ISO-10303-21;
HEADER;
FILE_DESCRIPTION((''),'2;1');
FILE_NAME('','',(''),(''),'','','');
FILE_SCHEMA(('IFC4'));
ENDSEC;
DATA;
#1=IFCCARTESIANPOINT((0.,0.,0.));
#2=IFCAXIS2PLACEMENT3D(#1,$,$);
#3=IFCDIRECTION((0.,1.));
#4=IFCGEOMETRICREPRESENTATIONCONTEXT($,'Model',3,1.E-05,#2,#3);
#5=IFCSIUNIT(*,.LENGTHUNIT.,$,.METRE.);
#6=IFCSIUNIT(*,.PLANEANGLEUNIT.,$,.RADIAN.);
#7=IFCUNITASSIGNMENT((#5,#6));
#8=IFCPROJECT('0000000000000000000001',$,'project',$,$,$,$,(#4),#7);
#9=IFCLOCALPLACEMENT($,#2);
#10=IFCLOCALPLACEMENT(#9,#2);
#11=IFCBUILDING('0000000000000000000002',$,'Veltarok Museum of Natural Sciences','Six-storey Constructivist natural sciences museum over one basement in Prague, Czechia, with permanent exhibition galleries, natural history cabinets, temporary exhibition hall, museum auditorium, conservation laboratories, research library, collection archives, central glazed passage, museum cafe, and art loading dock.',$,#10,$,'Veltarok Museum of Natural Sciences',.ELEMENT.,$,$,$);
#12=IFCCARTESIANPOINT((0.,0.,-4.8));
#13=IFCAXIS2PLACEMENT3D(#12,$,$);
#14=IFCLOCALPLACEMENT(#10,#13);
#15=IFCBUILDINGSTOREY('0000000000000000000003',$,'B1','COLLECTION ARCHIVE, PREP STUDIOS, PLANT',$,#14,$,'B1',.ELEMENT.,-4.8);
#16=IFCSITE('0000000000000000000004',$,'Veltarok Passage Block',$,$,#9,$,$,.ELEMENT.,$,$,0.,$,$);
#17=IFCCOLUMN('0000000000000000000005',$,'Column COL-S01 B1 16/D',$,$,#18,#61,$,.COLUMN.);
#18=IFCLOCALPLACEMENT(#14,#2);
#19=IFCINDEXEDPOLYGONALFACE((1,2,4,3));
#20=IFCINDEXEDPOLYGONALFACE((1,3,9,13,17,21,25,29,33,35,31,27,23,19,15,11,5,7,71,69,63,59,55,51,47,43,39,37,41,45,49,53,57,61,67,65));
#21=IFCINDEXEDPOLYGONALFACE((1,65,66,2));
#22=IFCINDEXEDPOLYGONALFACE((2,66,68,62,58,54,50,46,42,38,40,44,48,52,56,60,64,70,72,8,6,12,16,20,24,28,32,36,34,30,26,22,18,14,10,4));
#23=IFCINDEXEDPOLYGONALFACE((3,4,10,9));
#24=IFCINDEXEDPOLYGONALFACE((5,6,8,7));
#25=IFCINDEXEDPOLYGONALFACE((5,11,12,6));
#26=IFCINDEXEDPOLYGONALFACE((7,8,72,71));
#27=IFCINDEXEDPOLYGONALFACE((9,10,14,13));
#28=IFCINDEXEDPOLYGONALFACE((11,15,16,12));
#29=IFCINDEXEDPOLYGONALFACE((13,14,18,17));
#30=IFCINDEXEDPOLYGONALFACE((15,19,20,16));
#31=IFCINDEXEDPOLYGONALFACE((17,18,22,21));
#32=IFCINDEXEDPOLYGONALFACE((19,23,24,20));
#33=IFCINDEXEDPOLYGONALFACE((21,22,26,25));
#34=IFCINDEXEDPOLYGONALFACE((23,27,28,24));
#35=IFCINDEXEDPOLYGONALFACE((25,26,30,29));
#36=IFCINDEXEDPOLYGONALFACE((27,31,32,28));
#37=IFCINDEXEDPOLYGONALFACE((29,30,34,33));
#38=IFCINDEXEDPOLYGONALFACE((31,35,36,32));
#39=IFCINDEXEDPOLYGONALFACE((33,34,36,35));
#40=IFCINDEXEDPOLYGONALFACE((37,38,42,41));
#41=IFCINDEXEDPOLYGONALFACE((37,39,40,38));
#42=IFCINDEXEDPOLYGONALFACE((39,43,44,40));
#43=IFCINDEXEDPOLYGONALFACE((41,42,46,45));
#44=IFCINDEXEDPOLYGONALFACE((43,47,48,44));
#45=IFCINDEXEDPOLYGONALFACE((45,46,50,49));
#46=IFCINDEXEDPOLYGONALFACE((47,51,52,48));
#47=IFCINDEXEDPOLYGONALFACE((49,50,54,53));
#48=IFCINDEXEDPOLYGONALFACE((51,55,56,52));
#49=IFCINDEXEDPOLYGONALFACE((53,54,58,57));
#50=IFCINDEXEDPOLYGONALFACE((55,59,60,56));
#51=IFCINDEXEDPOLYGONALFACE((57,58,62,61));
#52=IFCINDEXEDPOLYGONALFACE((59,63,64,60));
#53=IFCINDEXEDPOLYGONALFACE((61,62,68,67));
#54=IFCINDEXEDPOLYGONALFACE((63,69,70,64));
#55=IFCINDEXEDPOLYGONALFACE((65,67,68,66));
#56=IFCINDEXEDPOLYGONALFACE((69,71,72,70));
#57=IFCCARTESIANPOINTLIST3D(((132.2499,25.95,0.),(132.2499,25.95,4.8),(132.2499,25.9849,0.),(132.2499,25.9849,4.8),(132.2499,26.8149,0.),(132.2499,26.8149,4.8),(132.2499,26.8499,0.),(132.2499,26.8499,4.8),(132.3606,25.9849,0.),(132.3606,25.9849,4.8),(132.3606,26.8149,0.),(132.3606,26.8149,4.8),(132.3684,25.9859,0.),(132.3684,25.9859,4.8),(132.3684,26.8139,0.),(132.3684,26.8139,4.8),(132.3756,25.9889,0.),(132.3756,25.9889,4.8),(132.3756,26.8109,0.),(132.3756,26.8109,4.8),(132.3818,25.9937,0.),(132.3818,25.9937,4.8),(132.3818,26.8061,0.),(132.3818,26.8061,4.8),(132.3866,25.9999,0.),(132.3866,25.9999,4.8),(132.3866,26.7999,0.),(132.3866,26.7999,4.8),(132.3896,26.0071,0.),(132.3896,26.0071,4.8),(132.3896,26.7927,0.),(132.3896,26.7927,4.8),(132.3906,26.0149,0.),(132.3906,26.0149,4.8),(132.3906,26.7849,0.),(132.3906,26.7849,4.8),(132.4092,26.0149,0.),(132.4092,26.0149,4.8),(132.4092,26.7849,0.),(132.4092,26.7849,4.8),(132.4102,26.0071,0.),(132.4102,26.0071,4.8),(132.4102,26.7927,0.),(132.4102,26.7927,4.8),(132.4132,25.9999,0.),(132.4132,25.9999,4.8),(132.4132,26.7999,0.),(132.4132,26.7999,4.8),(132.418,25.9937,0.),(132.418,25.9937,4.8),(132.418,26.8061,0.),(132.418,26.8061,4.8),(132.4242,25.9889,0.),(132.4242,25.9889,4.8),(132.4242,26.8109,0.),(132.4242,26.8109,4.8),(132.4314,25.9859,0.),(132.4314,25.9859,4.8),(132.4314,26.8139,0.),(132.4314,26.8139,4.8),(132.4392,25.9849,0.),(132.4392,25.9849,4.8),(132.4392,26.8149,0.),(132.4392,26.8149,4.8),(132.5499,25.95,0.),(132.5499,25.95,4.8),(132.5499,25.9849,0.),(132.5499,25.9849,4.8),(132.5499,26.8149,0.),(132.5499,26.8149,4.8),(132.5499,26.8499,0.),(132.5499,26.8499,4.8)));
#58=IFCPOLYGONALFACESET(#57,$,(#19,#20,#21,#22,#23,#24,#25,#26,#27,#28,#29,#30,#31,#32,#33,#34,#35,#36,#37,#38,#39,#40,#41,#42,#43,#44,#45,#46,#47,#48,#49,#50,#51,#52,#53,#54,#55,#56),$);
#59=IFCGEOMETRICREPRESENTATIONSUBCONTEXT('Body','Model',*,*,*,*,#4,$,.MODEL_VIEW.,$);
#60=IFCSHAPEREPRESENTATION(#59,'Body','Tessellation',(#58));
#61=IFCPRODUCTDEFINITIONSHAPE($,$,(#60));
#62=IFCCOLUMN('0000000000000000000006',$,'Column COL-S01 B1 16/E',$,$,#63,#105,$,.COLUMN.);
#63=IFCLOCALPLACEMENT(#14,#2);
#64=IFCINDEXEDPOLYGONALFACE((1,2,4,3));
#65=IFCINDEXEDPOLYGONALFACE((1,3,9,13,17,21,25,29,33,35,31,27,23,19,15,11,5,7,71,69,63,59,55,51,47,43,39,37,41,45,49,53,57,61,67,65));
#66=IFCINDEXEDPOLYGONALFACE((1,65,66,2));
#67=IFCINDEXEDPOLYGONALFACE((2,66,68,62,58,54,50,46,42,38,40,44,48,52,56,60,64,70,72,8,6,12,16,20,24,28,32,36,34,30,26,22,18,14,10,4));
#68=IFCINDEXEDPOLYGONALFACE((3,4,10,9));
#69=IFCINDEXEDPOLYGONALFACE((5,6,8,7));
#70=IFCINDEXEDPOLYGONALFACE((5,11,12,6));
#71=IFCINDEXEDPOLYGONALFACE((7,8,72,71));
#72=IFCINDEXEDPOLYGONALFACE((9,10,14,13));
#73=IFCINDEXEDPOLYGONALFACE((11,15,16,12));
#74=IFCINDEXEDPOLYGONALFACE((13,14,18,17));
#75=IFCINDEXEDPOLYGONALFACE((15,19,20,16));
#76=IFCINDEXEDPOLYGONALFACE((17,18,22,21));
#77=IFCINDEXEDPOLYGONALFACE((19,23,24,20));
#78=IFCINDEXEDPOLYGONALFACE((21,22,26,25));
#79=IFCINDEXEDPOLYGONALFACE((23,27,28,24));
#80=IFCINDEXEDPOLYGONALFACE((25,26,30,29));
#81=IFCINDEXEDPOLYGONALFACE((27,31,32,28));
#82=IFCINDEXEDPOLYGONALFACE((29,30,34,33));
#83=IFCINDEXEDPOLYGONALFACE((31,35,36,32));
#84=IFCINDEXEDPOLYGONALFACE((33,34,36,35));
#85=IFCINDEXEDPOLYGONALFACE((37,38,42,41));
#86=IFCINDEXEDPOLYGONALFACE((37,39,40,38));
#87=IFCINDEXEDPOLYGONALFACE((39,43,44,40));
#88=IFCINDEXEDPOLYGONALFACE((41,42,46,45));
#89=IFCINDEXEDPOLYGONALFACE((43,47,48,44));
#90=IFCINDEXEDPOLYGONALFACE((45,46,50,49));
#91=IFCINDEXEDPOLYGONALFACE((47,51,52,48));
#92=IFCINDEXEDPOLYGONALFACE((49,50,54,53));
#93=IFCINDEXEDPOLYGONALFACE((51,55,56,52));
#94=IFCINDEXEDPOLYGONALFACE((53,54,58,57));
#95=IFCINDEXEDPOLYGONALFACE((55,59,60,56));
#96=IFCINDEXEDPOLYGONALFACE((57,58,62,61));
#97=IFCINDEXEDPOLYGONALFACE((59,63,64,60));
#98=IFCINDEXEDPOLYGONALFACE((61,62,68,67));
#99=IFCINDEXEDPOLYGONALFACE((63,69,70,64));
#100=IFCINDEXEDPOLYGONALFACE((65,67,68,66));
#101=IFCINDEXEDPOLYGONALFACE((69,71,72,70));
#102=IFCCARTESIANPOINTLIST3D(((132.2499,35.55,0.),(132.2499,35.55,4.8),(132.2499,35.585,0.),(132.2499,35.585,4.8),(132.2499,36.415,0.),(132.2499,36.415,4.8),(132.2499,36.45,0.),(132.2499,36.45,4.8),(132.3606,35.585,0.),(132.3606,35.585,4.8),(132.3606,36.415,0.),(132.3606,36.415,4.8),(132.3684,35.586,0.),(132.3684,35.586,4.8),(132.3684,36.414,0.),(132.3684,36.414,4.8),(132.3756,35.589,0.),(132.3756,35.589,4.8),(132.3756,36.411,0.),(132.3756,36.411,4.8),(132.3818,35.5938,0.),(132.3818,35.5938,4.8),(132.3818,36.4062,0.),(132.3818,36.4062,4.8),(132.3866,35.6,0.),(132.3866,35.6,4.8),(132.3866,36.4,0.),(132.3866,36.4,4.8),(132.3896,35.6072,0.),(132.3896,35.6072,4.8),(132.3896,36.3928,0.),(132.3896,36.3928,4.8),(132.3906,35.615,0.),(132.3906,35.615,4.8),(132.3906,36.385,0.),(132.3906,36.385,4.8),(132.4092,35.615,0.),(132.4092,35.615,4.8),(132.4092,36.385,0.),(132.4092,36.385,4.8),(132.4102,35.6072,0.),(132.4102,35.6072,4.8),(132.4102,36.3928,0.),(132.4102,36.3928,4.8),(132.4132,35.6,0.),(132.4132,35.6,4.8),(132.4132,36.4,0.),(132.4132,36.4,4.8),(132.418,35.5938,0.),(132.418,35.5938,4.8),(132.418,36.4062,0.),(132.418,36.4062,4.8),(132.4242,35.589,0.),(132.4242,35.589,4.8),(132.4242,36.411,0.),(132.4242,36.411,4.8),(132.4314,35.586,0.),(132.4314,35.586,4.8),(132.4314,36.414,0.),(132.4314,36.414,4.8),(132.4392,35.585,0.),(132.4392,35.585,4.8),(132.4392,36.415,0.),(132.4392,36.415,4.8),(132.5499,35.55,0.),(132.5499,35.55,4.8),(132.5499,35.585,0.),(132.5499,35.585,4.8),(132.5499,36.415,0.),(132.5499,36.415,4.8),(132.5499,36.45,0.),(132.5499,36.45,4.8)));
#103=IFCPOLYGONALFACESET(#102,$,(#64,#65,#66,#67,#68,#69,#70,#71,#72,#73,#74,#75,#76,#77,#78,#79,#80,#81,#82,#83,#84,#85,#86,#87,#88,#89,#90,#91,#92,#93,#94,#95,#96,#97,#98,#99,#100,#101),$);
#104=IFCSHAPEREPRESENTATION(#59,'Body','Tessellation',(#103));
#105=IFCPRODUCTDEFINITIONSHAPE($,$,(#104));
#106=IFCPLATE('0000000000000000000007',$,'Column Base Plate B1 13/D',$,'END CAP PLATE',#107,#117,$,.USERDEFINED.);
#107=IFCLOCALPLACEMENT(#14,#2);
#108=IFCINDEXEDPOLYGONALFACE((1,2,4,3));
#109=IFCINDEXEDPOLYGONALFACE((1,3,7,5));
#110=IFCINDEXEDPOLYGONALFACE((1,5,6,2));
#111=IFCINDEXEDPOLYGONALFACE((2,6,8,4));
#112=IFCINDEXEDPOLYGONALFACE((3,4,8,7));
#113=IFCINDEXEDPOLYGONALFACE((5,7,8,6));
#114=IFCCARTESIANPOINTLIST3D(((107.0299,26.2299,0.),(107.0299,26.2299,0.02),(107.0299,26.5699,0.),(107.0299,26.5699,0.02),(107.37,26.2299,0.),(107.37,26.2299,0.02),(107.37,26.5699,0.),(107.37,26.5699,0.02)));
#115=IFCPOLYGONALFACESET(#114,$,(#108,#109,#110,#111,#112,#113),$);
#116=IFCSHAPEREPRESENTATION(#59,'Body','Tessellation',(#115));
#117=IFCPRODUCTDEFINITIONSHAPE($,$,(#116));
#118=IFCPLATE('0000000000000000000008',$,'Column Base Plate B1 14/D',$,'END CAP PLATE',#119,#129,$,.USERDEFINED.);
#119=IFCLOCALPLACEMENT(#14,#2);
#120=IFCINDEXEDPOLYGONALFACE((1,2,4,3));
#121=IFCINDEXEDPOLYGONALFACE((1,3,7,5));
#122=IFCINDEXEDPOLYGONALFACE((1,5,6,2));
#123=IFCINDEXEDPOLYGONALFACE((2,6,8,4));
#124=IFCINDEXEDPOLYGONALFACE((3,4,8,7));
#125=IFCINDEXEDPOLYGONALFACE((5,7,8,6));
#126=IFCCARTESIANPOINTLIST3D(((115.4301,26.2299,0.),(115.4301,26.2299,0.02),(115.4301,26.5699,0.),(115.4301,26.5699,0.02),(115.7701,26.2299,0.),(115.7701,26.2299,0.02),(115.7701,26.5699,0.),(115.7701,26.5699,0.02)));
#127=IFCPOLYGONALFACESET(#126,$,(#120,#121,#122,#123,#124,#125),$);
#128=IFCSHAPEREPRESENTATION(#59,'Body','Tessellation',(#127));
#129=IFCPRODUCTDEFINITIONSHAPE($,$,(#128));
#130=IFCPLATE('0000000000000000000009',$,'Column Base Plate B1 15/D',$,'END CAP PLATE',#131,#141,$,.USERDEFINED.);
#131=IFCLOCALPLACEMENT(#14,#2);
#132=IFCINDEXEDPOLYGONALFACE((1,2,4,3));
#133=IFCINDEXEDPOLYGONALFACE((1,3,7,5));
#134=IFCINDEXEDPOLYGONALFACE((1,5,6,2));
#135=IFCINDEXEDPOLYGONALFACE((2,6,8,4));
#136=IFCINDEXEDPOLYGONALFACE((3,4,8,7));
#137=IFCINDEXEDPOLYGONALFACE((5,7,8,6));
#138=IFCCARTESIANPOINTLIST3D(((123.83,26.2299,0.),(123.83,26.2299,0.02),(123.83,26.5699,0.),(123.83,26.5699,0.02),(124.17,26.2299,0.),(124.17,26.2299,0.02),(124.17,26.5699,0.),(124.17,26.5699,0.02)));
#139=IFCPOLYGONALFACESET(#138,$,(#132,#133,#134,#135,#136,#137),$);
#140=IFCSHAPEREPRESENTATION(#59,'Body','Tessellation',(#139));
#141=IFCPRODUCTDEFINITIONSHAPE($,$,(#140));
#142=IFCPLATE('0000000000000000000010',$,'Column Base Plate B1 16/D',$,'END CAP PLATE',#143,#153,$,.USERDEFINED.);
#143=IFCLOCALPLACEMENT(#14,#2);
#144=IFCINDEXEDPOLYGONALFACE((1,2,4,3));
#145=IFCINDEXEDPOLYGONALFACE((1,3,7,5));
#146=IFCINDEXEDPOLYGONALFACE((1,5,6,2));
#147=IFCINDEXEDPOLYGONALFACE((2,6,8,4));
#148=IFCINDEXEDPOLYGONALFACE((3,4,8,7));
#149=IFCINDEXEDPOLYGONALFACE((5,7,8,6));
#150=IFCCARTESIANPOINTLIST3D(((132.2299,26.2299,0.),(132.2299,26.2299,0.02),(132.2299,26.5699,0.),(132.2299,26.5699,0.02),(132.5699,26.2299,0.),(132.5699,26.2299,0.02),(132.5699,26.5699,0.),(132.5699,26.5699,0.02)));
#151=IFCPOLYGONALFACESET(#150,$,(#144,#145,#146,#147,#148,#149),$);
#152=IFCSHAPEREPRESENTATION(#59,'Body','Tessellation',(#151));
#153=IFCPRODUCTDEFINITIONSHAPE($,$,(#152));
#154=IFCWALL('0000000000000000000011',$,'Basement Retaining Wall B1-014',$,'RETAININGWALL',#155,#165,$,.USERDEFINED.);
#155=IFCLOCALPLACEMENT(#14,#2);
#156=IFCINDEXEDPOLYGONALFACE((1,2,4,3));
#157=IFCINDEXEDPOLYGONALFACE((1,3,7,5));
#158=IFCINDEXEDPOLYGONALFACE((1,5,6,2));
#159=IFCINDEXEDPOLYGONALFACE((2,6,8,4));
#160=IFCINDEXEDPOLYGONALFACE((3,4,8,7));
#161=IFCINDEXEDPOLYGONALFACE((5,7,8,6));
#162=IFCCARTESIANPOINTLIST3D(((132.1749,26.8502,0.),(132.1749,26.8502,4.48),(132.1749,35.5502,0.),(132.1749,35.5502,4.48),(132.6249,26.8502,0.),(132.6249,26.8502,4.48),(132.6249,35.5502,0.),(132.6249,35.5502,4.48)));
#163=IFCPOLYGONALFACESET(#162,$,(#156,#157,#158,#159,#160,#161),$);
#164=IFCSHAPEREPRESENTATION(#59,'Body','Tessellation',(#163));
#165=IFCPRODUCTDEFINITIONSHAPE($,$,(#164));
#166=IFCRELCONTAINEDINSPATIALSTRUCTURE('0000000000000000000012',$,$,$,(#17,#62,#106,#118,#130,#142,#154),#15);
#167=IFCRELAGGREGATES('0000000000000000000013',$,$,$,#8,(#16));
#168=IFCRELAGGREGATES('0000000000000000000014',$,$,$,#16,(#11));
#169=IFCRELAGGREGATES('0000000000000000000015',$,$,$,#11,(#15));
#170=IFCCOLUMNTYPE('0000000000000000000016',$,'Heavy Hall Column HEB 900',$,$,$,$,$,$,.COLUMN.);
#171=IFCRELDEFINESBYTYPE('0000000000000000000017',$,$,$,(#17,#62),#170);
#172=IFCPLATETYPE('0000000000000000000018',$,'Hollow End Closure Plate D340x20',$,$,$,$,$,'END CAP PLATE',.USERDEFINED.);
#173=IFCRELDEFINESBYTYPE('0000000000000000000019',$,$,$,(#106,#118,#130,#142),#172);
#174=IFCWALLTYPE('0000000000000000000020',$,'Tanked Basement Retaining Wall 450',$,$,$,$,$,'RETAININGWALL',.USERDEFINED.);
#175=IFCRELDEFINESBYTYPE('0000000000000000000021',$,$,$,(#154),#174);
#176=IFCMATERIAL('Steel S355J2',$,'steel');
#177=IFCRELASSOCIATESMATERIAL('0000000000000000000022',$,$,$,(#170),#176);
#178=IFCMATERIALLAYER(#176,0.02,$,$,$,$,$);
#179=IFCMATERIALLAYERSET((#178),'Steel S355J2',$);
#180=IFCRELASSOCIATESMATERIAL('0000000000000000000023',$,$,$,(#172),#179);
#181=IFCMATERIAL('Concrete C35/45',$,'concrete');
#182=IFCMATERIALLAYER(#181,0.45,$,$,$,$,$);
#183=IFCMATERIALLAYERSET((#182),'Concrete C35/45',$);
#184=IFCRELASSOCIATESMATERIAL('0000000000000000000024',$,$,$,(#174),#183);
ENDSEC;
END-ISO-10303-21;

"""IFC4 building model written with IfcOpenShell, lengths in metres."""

from ifc_helpers import new_model, si_unit, direction, frame, frame_2d, origin, origin_2d, place, context, subcontext, project, spatial, rectangle, i_section, extrude, material, layer, layer_set, material_profile, profile_set, type_object, element, save


model = new_model("IFC4")

# Units and contexts
model_context = context("Model", 3, precision=1e-05, world=origin(), true_north=direction((0.0, 1.0)))
body_context = subcontext(model_context, "Body", "Model", "MODEL_VIEW")
ifc_project = project(units=[si_unit("LENGTHUNIT", "METRE"), si_unit("PLANEANGLEUNIT", "RADIAN")], contexts=[model_context])

# Site, building, storey
site_placement = place(None, origin())
site = spatial("IfcSite", under=ifc_project, at=site_placement, Name="Veltarok Passage Block", CompositionType="ELEMENT", RefElevation=0.0)
building_placement = place(site_placement, origin())
building = spatial("IfcBuilding", under=site, at=building_placement, Name="Veltarok Museum of Natural Sciences", Description="Six-storey Constructivist natural sciences museum over one basement in Prague, Czechia, with permanent exhibition galleries, natural history cabinets, temporary exhibition hall, museum auditorium, conservation laboratories, research library, collection archives, central glazed passage, museum cafe, and art loading dock.", LongName="Veltarok Museum of Natural Sciences", CompositionType="ELEMENT")
storey_placement = place(building_placement, frame((0.0, 0.0, -4.8)))
storey = spatial("IfcBuildingStorey", under=building, at=storey_placement, Name="B1", Description="COLLECTION ARCHIVE, PREP STUDIOS, PLANT", LongName="B1", CompositionType="ELEMENT", Elevation=-4.8)

# Shared definitions
ifc_material_1 = material(Name="Concrete C35/45", Category="concrete")

# Columns
ifc_material_2 = material(Name="Steel S355J2", Category="steel")
ifc_material_profile_1 = material_profile(ifc_material_2, i_section(OverallWidth=0.3, OverallDepth=0.8999, WebThickness=0.0186, FlangeThickness=0.0349, FilletRadius=0.03, at=origin_2d()), Name="HEB 900")
ifc_profile_set_1 = profile_set([ifc_material_profile_1], Name="Steel S355J2")
column_type_1 = type_object("IfcColumnType", Name="Heavy Hall Column HEB 900", PredefinedType="COLUMN", material=ifc_profile_set_1)
for number, where, z_axis, x_axis, name in (
    (1, (132.3999, 26.3999, 0.0), (0.0, 0.0, 1.0), (1.0, 0.0, 0.0), "Column COL-S01 B1 16/D"),
    (2, (132.3999, 36.0, 0.0), (0.0, 0.0, 1.0), (1.0, 0.0, 0.0), "Column COL-S01 B1 16/E"),
):
    element("IfcColumn", number, at=place(storey_placement, frame(where, z_axis=z_axis, x_axis=x_axis)), inside=storey, type_object=column_type_1, Name=name, PredefinedType="COLUMN", context=body_context, shape_type="SweptSolid", body=[
        extrude(i_section(OverallWidth=0.3, OverallDepth=0.8999, WebThickness=0.0186, FlangeThickness=0.0349, FilletRadius=0.03, at=origin_2d()), origin(), (0.0, 0.0, 1.0), 4.8),
    ])

# Plates
ifc_layer_1 = layer(ifc_material_2, 0.02)
ifc_layer_set_1 = layer_set([ifc_layer_1], Name="Steel S355J2")
plate_type = type_object("IfcPlateType", Name="Hollow End Closure Plate D340x20", ElementType="END CAP PLATE", PredefinedType="USERDEFINED", material=ifc_layer_set_1)
for number, where, z_axis, x_axis, name in (
    (3, (107.2, 26.3999, 0.0), (0.0, 0.0, 1.0), (1.0, 0.0, 0.0), "Column Base Plate B1 13/D"),
    (4, (115.6001, 26.3999, 0.0), (0.0, 0.0, 1.0), (1.0, 0.0, 0.0), "Column Base Plate B1 14/D"),
    (5, (124.0, 26.3999, 0.0), (0.0, 0.0, 1.0), (1.0, 0.0, 0.0), "Column Base Plate B1 15/D"),
    (6, (132.3999, 26.3999, 0.0), (0.0, 0.0, 1.0), (1.0, 0.0, 0.0), "Column Base Plate B1 16/D"),
):
    element("IfcPlate", number, at=place(storey_placement, frame(where, z_axis=z_axis, x_axis=x_axis)), inside=storey, type_object=plate_type, Name=name, ObjectType="END CAP PLATE", PredefinedType="USERDEFINED", context=body_context, shape_type="SweptSolid", body=[
        extrude(rectangle(XDim=0.3401, YDim=0.3401, at=origin_2d()), origin(), (0.0, 0.0, 1.0), 0.02),
    ])

# Wall
ifc_layer_2 = layer(ifc_material_1, 0.45)
ifc_layer_set_2 = layer_set([ifc_layer_2], Name="Concrete C35/45")
wall_type = type_object("IfcWallType", Name="Tanked Basement Retaining Wall 450", ElementType="RETAININGWALL", PredefinedType="USERDEFINED", material=ifc_layer_set_2)
wall_placement = place(storey_placement, frame((132.3999, 26.8501, 0.0), z_axis=(0.0, 0.0, 1.0), x_axis=(0.0, 1.0, 0.0)))
element("IfcWall", 7, at=wall_placement, inside=storey, type_object=wall_type, Name="Basement Retaining Wall B1-014", ObjectType="RETAININGWALL", PredefinedType="USERDEFINED", context=body_context, shape_type="SweptSolid", body=[
    extrude(rectangle(XDim=8.7, YDim=0.45, at=frame_2d((4.3501, 0.0))), origin(), (0.0, 0.0, 1.0), 4.48),
])

save(model, "model.ifc")
